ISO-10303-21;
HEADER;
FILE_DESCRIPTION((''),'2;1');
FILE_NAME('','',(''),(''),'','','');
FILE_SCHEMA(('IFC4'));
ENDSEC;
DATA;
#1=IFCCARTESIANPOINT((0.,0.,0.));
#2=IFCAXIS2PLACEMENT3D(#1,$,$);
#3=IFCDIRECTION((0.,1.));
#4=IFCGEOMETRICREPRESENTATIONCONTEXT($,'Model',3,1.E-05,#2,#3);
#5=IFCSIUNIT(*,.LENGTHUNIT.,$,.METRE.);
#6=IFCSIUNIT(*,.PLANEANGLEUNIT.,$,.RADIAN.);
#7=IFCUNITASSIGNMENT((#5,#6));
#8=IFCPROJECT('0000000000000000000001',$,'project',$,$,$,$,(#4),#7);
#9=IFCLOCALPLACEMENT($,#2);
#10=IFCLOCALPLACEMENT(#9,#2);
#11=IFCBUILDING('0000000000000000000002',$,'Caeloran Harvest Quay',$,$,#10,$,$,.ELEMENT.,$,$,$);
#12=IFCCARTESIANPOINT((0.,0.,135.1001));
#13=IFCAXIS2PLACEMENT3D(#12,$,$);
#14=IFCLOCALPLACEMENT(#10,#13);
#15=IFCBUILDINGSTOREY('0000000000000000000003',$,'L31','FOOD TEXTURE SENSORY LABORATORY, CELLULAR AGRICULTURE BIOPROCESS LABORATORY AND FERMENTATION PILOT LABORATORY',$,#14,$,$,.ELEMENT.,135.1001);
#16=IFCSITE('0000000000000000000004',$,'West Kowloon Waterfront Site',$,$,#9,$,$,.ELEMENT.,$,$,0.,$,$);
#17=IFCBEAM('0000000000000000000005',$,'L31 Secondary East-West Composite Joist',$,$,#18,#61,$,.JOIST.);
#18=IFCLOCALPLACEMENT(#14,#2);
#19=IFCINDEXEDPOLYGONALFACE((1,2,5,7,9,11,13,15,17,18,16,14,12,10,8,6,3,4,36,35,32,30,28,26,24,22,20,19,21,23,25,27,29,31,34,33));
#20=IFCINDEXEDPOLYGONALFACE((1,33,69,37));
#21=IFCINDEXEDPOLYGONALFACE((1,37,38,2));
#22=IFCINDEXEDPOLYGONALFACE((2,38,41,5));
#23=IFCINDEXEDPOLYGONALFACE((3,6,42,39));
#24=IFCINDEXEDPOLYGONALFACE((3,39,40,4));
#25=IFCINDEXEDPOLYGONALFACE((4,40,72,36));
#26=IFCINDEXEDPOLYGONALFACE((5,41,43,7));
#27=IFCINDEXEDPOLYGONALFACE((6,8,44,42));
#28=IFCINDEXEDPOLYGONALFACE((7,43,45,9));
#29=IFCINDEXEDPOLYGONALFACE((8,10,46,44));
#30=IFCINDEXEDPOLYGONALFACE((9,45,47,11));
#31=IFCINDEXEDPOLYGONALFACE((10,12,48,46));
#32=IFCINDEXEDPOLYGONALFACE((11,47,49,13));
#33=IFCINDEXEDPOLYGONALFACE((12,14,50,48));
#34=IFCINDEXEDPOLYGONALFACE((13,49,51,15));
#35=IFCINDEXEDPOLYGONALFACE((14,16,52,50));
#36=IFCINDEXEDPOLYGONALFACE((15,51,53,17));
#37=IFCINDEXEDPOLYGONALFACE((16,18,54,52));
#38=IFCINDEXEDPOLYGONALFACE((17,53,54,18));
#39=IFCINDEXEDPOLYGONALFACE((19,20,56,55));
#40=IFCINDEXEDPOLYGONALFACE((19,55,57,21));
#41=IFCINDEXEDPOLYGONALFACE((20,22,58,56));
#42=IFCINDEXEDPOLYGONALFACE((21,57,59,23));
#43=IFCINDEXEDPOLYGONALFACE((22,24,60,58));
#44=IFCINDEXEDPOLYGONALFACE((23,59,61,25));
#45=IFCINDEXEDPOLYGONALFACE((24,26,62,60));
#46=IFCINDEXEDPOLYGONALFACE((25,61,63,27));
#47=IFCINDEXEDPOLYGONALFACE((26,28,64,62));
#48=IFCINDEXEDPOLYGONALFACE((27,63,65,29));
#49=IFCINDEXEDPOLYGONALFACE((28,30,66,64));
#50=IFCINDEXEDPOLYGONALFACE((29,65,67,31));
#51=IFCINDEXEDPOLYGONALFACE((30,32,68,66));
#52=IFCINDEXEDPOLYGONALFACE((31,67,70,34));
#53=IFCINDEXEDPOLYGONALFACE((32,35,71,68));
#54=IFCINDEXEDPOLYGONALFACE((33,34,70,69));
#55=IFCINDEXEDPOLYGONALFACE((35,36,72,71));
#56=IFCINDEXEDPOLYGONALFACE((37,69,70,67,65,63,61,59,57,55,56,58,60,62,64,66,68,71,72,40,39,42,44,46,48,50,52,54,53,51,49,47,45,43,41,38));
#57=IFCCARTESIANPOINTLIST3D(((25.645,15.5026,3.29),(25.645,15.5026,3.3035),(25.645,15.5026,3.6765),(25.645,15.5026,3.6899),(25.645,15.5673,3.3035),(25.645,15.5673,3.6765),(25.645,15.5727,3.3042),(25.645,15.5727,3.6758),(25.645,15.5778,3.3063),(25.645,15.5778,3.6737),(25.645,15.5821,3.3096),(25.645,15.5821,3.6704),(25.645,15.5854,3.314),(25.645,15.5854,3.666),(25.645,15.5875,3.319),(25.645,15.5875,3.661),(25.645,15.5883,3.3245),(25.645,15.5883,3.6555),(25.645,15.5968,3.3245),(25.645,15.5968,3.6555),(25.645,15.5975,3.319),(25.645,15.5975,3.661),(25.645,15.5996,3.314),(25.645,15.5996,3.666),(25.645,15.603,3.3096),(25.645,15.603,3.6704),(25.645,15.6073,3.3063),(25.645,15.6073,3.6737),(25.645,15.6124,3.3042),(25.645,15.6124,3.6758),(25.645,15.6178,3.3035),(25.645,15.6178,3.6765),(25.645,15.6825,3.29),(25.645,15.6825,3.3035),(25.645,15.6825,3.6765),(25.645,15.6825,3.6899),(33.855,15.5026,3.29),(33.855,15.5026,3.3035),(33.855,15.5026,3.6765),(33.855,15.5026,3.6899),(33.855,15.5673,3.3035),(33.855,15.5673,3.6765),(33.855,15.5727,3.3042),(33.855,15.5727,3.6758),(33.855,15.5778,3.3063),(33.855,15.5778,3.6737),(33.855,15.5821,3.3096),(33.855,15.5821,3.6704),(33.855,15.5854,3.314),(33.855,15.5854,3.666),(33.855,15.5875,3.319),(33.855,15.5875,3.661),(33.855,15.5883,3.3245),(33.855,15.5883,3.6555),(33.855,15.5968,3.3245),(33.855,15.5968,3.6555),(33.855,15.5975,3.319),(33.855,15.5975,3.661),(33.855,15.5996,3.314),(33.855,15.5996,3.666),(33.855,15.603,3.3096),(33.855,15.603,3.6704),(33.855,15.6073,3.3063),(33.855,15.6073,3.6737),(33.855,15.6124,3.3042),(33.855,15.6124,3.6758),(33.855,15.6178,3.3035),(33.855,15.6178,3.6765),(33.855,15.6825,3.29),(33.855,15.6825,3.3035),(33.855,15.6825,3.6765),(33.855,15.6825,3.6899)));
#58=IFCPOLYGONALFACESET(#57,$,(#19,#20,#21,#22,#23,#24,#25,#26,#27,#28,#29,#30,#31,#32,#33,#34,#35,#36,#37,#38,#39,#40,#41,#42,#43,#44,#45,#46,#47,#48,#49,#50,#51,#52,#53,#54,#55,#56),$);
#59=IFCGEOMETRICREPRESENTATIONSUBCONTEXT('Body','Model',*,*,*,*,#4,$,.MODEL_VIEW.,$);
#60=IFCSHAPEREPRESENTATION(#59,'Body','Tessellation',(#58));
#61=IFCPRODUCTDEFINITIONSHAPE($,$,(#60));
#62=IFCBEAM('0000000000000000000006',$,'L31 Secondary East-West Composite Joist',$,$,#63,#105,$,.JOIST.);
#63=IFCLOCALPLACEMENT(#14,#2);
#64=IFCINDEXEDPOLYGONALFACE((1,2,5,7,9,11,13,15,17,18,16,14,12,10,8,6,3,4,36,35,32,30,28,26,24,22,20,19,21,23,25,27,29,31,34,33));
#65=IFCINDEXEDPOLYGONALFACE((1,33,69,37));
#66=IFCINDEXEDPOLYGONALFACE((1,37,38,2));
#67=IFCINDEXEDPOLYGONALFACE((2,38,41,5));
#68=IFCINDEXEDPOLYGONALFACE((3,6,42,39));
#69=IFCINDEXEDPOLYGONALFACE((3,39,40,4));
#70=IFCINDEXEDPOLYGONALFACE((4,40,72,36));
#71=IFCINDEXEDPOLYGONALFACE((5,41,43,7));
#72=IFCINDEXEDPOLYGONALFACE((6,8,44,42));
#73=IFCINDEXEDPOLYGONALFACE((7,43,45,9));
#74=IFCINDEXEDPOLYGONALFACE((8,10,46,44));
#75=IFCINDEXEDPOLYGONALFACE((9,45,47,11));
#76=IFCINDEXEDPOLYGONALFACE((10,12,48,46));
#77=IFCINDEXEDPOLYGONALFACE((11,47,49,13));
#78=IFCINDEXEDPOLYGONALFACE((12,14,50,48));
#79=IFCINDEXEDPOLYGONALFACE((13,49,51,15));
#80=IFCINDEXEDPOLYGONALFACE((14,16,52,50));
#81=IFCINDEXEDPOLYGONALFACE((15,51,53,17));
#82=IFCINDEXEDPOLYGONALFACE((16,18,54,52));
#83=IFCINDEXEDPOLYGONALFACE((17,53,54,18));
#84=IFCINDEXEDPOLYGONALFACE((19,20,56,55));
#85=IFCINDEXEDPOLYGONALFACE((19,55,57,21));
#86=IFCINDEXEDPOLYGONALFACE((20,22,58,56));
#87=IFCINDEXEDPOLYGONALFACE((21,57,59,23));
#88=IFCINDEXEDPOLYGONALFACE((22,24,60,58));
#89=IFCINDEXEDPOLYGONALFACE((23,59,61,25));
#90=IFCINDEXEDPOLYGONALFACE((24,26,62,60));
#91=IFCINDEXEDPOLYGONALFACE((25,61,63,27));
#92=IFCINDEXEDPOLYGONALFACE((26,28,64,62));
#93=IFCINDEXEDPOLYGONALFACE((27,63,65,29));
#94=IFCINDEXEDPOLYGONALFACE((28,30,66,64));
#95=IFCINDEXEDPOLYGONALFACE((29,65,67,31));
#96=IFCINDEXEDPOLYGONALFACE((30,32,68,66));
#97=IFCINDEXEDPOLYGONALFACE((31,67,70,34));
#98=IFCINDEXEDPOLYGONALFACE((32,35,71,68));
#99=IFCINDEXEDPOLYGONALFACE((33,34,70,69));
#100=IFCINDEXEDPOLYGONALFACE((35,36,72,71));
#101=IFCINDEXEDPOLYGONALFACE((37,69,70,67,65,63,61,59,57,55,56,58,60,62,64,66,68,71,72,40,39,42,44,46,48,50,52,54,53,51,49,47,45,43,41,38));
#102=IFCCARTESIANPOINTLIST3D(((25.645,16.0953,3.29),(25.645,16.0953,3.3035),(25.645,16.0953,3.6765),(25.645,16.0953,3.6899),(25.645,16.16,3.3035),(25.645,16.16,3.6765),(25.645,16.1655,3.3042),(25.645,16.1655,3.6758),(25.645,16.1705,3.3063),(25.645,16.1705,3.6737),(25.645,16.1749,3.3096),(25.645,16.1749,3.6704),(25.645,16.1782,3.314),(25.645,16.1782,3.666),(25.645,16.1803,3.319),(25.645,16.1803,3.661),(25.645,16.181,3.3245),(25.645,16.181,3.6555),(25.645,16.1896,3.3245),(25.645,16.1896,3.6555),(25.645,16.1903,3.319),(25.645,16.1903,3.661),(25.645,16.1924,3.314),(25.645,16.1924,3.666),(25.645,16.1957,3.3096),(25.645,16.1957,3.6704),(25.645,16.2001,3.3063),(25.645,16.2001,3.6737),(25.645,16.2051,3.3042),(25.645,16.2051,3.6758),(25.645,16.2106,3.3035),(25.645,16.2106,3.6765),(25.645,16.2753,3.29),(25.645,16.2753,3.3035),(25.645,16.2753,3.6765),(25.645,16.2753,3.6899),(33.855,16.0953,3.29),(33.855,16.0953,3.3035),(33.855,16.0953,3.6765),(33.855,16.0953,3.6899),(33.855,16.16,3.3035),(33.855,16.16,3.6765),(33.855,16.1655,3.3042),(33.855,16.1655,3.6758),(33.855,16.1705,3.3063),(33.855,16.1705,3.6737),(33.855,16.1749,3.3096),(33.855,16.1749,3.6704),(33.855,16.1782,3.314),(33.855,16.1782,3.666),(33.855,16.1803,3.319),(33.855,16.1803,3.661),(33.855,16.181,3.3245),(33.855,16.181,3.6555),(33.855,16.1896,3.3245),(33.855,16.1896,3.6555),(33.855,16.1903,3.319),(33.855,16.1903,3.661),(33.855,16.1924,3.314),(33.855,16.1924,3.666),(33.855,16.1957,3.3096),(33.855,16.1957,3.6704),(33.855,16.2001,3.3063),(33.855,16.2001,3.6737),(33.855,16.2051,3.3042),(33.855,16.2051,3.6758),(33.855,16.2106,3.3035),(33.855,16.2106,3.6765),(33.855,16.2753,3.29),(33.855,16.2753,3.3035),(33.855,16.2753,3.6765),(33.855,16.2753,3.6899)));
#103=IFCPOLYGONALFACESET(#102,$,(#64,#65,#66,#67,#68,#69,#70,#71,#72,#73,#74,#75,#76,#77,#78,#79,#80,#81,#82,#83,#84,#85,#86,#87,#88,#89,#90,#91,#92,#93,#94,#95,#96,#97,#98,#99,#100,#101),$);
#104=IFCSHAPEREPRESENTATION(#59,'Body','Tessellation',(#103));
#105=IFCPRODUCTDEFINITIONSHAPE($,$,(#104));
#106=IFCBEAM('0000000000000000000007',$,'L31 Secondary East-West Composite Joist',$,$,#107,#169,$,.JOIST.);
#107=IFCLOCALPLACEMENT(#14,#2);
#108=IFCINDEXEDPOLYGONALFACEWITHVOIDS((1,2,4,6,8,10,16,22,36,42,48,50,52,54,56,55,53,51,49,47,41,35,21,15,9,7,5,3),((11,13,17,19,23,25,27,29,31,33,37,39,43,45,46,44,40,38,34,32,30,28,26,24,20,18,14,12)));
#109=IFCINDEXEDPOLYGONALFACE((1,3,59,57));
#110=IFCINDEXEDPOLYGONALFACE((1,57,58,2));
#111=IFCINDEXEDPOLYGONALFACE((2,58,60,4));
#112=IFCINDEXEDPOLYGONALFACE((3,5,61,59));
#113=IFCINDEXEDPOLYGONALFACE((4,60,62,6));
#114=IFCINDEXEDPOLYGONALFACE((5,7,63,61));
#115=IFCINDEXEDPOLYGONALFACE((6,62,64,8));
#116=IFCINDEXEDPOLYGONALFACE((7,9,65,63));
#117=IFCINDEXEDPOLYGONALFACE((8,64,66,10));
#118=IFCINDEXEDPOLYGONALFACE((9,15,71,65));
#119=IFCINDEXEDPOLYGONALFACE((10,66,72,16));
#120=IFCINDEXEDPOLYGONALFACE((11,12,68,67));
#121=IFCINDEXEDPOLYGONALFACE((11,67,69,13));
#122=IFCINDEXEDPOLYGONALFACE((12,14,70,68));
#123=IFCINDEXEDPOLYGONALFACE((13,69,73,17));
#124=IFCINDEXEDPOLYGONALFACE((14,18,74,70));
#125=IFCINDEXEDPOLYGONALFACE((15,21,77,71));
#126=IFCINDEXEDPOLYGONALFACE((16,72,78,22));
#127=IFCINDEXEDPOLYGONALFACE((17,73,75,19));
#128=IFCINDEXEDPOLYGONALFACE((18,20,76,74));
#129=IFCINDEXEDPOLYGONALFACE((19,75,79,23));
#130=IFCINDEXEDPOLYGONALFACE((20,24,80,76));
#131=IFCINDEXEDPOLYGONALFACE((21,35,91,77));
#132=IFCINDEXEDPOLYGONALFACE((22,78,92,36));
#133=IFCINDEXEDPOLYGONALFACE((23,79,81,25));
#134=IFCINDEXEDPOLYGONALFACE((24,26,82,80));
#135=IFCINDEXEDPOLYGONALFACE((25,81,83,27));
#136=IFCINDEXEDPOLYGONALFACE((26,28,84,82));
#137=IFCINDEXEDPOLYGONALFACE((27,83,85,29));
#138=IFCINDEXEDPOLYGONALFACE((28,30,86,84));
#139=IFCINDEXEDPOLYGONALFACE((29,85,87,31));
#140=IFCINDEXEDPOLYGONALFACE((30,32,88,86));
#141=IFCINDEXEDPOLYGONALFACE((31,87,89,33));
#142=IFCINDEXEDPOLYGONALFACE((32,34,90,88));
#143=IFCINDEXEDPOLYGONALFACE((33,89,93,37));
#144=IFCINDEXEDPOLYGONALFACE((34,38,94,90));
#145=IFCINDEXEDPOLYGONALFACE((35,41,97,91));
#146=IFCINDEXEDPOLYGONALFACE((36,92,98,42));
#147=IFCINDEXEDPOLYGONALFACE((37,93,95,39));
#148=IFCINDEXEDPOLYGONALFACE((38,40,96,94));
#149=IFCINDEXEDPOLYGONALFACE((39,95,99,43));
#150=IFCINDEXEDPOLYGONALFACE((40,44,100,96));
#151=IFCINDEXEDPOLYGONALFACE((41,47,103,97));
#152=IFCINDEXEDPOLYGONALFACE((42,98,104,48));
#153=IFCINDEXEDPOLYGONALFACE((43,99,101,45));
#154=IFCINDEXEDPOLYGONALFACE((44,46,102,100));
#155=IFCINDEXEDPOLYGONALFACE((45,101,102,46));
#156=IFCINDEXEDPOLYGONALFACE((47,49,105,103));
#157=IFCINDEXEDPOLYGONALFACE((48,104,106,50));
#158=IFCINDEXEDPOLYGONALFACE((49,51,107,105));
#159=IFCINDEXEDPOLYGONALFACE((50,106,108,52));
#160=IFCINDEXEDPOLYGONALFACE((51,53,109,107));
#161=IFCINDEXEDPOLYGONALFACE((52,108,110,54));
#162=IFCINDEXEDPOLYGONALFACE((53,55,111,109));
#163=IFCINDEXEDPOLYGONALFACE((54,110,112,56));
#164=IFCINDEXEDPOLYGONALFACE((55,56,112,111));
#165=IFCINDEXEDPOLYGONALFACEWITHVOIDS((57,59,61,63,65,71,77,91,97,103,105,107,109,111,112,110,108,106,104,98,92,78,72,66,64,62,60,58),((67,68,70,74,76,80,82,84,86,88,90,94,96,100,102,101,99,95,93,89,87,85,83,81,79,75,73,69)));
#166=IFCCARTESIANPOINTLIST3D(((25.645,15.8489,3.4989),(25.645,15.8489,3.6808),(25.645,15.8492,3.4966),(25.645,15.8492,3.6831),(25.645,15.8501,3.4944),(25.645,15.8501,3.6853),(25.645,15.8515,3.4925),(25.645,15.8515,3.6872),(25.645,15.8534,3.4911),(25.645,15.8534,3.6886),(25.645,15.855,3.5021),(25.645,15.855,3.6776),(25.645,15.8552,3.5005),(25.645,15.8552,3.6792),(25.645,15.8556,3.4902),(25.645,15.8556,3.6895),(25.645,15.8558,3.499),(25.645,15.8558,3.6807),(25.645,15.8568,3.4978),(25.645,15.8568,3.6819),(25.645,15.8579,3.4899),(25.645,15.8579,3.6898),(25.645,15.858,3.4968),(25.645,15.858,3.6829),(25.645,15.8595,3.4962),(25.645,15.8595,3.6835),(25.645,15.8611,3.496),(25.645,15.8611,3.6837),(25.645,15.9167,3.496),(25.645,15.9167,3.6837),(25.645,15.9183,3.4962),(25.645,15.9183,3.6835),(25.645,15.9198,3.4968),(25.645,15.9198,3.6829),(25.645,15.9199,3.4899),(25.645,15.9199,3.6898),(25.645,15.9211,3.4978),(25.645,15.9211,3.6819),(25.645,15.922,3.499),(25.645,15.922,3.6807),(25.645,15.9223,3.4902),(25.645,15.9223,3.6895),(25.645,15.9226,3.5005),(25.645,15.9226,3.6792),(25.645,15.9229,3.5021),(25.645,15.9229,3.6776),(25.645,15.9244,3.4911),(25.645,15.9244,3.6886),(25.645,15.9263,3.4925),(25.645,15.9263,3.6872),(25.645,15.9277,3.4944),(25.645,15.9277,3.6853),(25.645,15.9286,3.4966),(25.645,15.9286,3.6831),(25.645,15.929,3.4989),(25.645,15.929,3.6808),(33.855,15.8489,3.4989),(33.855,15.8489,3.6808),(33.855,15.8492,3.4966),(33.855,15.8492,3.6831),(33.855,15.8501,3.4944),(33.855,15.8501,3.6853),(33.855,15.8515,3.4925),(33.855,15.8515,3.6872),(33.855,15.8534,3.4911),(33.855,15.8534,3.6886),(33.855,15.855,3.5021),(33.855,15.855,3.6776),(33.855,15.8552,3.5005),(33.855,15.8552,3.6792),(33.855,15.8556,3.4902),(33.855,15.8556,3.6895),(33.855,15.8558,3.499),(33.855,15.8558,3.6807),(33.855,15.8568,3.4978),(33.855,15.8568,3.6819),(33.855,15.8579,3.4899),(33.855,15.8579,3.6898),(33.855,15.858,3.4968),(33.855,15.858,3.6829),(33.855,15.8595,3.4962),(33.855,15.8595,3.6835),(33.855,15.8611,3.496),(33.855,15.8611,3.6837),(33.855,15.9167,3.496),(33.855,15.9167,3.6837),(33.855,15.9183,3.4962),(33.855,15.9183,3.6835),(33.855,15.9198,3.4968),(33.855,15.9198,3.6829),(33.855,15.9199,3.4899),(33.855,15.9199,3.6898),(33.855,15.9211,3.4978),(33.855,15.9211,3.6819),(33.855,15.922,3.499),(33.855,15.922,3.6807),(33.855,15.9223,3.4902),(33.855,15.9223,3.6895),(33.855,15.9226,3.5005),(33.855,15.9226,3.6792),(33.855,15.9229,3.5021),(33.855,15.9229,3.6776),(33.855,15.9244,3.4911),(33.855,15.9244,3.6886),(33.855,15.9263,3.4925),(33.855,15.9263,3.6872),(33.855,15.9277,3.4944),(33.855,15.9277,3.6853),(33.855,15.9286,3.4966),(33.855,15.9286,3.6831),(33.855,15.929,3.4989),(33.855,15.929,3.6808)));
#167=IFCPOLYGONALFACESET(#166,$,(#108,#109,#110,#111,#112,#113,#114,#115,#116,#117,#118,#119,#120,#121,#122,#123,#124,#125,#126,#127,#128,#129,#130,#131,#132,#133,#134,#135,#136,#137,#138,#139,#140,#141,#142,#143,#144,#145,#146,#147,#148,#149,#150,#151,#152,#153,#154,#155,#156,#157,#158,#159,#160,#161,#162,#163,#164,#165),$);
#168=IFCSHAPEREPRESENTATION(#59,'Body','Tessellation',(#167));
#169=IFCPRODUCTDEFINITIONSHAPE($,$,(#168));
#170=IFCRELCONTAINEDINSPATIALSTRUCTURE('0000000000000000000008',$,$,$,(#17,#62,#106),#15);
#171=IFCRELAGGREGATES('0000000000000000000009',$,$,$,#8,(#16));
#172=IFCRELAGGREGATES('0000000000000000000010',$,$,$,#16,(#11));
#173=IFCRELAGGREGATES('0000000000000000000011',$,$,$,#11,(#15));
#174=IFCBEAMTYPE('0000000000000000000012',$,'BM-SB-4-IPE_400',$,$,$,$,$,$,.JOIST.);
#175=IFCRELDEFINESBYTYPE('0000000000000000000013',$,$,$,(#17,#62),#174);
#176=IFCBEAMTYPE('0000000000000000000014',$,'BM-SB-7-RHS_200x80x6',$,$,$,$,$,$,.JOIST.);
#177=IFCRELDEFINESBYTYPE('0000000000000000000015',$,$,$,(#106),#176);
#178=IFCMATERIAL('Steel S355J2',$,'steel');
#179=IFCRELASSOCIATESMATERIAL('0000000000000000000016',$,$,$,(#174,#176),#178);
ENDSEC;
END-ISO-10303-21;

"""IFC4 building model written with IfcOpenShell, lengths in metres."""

from ifc_helpers import new_model, si_unit, direction, frame, origin, origin_2d, place, context, subcontext, project, spatial, hollow_rectangle, i_section, extrude, material, material_profile, profile_set, type_object, element, save


model = new_model("IFC4")

# Units and contexts
model_context = context("Model", 3, precision=1e-05, world=origin(), true_north=direction((0.0, 1.0)))
body_context = subcontext(model_context, "Body", "Model", "MODEL_VIEW")
ifc_project = project(units=[si_unit("LENGTHUNIT", "METRE"), si_unit("PLANEANGLEUNIT", "RADIAN")], contexts=[model_context])

# Site, building, storey
site_placement = place(None, origin())
site = spatial("IfcSite", under=ifc_project, at=site_placement, Name="West Kowloon Waterfront Site", CompositionType="ELEMENT", RefElevation=0.0)
building_placement = place(site_placement, origin())
building = spatial("IfcBuilding", under=site, at=building_placement, Name="Caeloran Harvest Quay", CompositionType="ELEMENT")
storey_placement = place(building_placement, frame((0.0, 0.0, 135.1001)))
storey = spatial("IfcBuildingStorey", under=building, at=storey_placement, Name="L31", Description="FOOD TEXTURE SENSORY LABORATORY, CELLULAR AGRICULTURE BIOPROCESS LABORATORY AND FERMENTATION PILOT LABORATORY", CompositionType="ELEMENT", Elevation=135.1001)

# Beams
ifc_material_1 = material(Name="Steel S355J2", Category="steel")
ifc_material_profile_1 = material_profile(ifc_material_1, i_section(OverallWidth=0.1799, OverallDepth=0.3999, WebThickness=0.0085, FlangeThickness=0.0134, FilletRadius=0.021, at=origin_2d()), Name="IPE 400")
ifc_profile_set_1 = profile_set([ifc_material_profile_1], Name="Steel S355J2")
beam_type_1 = type_object("IfcBeamType", Name="BM-SB-4-IPE_400", PredefinedType="JOIST", material=ifc_profile_set_1)
for number, where, z_axis, x_axis, name in (
    (1, (25.645, 15.5925, 3.49), (1.0, 0.0, 0.0), (0.0, 1.0, 0.0), "L31 Secondary East-West Composite Joist"),
    (2, (25.645, 16.1853, 3.49), (1.0, 0.0, 0.0), (0.0, 1.0, 0.0), "L31 Secondary East-West Composite Joist"),
):
    element("IfcBeam", number, at=place(storey_placement, frame(where, z_axis=z_axis, x_axis=x_axis)), inside=storey, type_object=beam_type_1, Name=name, PredefinedType="JOIST", context=body_context, shape_type="SweptSolid", body=[
        extrude(i_section(OverallWidth=0.1799, OverallDepth=0.3999, WebThickness=0.0085, FlangeThickness=0.0134, FilletRadius=0.021, at=origin_2d()), origin(), (0.0, 0.0, 1.0), 8.21),
    ])
ifc_material_profile_2 = material_profile(ifc_material_1, hollow_rectangle(XDim=0.0801, YDim=0.2, WallThickness=0.0061, InnerFilletRadius=0.0061, OuterFilletRadius=0.009, at=origin_2d()), Name="RHS 200x80x6")
ifc_profile_set_2 = profile_set([ifc_material_profile_2], Name="Steel S355J2")
beam_type_2 = type_object("IfcBeamType", Name="BM-SB-7-RHS_200x80x6", PredefinedType="JOIST", material=ifc_profile_set_2)
for number, where, z_axis, x_axis, name in (
    (3, (25.645, 15.8889, 3.5898), (1.0, 0.0, 0.0), (0.0, 1.0, 0.0), "L31 Secondary East-West Composite Joist"),
):
    element("IfcBeam", number, at=place(storey_placement, frame(where, z_axis=z_axis, x_axis=x_axis)), inside=storey, type_object=beam_type_2, Name=name, PredefinedType="JOIST", context=body_context, shape_type="SweptSolid", body=[
        extrude(hollow_rectangle(XDim=0.0801, YDim=0.2, WallThickness=0.0061, InnerFilletRadius=0.0061, OuterFilletRadius=0.009, at=origin_2d()), origin(), (0.0, 0.0, 1.0), 8.21),
    ])

save(model, "model.ifc")
